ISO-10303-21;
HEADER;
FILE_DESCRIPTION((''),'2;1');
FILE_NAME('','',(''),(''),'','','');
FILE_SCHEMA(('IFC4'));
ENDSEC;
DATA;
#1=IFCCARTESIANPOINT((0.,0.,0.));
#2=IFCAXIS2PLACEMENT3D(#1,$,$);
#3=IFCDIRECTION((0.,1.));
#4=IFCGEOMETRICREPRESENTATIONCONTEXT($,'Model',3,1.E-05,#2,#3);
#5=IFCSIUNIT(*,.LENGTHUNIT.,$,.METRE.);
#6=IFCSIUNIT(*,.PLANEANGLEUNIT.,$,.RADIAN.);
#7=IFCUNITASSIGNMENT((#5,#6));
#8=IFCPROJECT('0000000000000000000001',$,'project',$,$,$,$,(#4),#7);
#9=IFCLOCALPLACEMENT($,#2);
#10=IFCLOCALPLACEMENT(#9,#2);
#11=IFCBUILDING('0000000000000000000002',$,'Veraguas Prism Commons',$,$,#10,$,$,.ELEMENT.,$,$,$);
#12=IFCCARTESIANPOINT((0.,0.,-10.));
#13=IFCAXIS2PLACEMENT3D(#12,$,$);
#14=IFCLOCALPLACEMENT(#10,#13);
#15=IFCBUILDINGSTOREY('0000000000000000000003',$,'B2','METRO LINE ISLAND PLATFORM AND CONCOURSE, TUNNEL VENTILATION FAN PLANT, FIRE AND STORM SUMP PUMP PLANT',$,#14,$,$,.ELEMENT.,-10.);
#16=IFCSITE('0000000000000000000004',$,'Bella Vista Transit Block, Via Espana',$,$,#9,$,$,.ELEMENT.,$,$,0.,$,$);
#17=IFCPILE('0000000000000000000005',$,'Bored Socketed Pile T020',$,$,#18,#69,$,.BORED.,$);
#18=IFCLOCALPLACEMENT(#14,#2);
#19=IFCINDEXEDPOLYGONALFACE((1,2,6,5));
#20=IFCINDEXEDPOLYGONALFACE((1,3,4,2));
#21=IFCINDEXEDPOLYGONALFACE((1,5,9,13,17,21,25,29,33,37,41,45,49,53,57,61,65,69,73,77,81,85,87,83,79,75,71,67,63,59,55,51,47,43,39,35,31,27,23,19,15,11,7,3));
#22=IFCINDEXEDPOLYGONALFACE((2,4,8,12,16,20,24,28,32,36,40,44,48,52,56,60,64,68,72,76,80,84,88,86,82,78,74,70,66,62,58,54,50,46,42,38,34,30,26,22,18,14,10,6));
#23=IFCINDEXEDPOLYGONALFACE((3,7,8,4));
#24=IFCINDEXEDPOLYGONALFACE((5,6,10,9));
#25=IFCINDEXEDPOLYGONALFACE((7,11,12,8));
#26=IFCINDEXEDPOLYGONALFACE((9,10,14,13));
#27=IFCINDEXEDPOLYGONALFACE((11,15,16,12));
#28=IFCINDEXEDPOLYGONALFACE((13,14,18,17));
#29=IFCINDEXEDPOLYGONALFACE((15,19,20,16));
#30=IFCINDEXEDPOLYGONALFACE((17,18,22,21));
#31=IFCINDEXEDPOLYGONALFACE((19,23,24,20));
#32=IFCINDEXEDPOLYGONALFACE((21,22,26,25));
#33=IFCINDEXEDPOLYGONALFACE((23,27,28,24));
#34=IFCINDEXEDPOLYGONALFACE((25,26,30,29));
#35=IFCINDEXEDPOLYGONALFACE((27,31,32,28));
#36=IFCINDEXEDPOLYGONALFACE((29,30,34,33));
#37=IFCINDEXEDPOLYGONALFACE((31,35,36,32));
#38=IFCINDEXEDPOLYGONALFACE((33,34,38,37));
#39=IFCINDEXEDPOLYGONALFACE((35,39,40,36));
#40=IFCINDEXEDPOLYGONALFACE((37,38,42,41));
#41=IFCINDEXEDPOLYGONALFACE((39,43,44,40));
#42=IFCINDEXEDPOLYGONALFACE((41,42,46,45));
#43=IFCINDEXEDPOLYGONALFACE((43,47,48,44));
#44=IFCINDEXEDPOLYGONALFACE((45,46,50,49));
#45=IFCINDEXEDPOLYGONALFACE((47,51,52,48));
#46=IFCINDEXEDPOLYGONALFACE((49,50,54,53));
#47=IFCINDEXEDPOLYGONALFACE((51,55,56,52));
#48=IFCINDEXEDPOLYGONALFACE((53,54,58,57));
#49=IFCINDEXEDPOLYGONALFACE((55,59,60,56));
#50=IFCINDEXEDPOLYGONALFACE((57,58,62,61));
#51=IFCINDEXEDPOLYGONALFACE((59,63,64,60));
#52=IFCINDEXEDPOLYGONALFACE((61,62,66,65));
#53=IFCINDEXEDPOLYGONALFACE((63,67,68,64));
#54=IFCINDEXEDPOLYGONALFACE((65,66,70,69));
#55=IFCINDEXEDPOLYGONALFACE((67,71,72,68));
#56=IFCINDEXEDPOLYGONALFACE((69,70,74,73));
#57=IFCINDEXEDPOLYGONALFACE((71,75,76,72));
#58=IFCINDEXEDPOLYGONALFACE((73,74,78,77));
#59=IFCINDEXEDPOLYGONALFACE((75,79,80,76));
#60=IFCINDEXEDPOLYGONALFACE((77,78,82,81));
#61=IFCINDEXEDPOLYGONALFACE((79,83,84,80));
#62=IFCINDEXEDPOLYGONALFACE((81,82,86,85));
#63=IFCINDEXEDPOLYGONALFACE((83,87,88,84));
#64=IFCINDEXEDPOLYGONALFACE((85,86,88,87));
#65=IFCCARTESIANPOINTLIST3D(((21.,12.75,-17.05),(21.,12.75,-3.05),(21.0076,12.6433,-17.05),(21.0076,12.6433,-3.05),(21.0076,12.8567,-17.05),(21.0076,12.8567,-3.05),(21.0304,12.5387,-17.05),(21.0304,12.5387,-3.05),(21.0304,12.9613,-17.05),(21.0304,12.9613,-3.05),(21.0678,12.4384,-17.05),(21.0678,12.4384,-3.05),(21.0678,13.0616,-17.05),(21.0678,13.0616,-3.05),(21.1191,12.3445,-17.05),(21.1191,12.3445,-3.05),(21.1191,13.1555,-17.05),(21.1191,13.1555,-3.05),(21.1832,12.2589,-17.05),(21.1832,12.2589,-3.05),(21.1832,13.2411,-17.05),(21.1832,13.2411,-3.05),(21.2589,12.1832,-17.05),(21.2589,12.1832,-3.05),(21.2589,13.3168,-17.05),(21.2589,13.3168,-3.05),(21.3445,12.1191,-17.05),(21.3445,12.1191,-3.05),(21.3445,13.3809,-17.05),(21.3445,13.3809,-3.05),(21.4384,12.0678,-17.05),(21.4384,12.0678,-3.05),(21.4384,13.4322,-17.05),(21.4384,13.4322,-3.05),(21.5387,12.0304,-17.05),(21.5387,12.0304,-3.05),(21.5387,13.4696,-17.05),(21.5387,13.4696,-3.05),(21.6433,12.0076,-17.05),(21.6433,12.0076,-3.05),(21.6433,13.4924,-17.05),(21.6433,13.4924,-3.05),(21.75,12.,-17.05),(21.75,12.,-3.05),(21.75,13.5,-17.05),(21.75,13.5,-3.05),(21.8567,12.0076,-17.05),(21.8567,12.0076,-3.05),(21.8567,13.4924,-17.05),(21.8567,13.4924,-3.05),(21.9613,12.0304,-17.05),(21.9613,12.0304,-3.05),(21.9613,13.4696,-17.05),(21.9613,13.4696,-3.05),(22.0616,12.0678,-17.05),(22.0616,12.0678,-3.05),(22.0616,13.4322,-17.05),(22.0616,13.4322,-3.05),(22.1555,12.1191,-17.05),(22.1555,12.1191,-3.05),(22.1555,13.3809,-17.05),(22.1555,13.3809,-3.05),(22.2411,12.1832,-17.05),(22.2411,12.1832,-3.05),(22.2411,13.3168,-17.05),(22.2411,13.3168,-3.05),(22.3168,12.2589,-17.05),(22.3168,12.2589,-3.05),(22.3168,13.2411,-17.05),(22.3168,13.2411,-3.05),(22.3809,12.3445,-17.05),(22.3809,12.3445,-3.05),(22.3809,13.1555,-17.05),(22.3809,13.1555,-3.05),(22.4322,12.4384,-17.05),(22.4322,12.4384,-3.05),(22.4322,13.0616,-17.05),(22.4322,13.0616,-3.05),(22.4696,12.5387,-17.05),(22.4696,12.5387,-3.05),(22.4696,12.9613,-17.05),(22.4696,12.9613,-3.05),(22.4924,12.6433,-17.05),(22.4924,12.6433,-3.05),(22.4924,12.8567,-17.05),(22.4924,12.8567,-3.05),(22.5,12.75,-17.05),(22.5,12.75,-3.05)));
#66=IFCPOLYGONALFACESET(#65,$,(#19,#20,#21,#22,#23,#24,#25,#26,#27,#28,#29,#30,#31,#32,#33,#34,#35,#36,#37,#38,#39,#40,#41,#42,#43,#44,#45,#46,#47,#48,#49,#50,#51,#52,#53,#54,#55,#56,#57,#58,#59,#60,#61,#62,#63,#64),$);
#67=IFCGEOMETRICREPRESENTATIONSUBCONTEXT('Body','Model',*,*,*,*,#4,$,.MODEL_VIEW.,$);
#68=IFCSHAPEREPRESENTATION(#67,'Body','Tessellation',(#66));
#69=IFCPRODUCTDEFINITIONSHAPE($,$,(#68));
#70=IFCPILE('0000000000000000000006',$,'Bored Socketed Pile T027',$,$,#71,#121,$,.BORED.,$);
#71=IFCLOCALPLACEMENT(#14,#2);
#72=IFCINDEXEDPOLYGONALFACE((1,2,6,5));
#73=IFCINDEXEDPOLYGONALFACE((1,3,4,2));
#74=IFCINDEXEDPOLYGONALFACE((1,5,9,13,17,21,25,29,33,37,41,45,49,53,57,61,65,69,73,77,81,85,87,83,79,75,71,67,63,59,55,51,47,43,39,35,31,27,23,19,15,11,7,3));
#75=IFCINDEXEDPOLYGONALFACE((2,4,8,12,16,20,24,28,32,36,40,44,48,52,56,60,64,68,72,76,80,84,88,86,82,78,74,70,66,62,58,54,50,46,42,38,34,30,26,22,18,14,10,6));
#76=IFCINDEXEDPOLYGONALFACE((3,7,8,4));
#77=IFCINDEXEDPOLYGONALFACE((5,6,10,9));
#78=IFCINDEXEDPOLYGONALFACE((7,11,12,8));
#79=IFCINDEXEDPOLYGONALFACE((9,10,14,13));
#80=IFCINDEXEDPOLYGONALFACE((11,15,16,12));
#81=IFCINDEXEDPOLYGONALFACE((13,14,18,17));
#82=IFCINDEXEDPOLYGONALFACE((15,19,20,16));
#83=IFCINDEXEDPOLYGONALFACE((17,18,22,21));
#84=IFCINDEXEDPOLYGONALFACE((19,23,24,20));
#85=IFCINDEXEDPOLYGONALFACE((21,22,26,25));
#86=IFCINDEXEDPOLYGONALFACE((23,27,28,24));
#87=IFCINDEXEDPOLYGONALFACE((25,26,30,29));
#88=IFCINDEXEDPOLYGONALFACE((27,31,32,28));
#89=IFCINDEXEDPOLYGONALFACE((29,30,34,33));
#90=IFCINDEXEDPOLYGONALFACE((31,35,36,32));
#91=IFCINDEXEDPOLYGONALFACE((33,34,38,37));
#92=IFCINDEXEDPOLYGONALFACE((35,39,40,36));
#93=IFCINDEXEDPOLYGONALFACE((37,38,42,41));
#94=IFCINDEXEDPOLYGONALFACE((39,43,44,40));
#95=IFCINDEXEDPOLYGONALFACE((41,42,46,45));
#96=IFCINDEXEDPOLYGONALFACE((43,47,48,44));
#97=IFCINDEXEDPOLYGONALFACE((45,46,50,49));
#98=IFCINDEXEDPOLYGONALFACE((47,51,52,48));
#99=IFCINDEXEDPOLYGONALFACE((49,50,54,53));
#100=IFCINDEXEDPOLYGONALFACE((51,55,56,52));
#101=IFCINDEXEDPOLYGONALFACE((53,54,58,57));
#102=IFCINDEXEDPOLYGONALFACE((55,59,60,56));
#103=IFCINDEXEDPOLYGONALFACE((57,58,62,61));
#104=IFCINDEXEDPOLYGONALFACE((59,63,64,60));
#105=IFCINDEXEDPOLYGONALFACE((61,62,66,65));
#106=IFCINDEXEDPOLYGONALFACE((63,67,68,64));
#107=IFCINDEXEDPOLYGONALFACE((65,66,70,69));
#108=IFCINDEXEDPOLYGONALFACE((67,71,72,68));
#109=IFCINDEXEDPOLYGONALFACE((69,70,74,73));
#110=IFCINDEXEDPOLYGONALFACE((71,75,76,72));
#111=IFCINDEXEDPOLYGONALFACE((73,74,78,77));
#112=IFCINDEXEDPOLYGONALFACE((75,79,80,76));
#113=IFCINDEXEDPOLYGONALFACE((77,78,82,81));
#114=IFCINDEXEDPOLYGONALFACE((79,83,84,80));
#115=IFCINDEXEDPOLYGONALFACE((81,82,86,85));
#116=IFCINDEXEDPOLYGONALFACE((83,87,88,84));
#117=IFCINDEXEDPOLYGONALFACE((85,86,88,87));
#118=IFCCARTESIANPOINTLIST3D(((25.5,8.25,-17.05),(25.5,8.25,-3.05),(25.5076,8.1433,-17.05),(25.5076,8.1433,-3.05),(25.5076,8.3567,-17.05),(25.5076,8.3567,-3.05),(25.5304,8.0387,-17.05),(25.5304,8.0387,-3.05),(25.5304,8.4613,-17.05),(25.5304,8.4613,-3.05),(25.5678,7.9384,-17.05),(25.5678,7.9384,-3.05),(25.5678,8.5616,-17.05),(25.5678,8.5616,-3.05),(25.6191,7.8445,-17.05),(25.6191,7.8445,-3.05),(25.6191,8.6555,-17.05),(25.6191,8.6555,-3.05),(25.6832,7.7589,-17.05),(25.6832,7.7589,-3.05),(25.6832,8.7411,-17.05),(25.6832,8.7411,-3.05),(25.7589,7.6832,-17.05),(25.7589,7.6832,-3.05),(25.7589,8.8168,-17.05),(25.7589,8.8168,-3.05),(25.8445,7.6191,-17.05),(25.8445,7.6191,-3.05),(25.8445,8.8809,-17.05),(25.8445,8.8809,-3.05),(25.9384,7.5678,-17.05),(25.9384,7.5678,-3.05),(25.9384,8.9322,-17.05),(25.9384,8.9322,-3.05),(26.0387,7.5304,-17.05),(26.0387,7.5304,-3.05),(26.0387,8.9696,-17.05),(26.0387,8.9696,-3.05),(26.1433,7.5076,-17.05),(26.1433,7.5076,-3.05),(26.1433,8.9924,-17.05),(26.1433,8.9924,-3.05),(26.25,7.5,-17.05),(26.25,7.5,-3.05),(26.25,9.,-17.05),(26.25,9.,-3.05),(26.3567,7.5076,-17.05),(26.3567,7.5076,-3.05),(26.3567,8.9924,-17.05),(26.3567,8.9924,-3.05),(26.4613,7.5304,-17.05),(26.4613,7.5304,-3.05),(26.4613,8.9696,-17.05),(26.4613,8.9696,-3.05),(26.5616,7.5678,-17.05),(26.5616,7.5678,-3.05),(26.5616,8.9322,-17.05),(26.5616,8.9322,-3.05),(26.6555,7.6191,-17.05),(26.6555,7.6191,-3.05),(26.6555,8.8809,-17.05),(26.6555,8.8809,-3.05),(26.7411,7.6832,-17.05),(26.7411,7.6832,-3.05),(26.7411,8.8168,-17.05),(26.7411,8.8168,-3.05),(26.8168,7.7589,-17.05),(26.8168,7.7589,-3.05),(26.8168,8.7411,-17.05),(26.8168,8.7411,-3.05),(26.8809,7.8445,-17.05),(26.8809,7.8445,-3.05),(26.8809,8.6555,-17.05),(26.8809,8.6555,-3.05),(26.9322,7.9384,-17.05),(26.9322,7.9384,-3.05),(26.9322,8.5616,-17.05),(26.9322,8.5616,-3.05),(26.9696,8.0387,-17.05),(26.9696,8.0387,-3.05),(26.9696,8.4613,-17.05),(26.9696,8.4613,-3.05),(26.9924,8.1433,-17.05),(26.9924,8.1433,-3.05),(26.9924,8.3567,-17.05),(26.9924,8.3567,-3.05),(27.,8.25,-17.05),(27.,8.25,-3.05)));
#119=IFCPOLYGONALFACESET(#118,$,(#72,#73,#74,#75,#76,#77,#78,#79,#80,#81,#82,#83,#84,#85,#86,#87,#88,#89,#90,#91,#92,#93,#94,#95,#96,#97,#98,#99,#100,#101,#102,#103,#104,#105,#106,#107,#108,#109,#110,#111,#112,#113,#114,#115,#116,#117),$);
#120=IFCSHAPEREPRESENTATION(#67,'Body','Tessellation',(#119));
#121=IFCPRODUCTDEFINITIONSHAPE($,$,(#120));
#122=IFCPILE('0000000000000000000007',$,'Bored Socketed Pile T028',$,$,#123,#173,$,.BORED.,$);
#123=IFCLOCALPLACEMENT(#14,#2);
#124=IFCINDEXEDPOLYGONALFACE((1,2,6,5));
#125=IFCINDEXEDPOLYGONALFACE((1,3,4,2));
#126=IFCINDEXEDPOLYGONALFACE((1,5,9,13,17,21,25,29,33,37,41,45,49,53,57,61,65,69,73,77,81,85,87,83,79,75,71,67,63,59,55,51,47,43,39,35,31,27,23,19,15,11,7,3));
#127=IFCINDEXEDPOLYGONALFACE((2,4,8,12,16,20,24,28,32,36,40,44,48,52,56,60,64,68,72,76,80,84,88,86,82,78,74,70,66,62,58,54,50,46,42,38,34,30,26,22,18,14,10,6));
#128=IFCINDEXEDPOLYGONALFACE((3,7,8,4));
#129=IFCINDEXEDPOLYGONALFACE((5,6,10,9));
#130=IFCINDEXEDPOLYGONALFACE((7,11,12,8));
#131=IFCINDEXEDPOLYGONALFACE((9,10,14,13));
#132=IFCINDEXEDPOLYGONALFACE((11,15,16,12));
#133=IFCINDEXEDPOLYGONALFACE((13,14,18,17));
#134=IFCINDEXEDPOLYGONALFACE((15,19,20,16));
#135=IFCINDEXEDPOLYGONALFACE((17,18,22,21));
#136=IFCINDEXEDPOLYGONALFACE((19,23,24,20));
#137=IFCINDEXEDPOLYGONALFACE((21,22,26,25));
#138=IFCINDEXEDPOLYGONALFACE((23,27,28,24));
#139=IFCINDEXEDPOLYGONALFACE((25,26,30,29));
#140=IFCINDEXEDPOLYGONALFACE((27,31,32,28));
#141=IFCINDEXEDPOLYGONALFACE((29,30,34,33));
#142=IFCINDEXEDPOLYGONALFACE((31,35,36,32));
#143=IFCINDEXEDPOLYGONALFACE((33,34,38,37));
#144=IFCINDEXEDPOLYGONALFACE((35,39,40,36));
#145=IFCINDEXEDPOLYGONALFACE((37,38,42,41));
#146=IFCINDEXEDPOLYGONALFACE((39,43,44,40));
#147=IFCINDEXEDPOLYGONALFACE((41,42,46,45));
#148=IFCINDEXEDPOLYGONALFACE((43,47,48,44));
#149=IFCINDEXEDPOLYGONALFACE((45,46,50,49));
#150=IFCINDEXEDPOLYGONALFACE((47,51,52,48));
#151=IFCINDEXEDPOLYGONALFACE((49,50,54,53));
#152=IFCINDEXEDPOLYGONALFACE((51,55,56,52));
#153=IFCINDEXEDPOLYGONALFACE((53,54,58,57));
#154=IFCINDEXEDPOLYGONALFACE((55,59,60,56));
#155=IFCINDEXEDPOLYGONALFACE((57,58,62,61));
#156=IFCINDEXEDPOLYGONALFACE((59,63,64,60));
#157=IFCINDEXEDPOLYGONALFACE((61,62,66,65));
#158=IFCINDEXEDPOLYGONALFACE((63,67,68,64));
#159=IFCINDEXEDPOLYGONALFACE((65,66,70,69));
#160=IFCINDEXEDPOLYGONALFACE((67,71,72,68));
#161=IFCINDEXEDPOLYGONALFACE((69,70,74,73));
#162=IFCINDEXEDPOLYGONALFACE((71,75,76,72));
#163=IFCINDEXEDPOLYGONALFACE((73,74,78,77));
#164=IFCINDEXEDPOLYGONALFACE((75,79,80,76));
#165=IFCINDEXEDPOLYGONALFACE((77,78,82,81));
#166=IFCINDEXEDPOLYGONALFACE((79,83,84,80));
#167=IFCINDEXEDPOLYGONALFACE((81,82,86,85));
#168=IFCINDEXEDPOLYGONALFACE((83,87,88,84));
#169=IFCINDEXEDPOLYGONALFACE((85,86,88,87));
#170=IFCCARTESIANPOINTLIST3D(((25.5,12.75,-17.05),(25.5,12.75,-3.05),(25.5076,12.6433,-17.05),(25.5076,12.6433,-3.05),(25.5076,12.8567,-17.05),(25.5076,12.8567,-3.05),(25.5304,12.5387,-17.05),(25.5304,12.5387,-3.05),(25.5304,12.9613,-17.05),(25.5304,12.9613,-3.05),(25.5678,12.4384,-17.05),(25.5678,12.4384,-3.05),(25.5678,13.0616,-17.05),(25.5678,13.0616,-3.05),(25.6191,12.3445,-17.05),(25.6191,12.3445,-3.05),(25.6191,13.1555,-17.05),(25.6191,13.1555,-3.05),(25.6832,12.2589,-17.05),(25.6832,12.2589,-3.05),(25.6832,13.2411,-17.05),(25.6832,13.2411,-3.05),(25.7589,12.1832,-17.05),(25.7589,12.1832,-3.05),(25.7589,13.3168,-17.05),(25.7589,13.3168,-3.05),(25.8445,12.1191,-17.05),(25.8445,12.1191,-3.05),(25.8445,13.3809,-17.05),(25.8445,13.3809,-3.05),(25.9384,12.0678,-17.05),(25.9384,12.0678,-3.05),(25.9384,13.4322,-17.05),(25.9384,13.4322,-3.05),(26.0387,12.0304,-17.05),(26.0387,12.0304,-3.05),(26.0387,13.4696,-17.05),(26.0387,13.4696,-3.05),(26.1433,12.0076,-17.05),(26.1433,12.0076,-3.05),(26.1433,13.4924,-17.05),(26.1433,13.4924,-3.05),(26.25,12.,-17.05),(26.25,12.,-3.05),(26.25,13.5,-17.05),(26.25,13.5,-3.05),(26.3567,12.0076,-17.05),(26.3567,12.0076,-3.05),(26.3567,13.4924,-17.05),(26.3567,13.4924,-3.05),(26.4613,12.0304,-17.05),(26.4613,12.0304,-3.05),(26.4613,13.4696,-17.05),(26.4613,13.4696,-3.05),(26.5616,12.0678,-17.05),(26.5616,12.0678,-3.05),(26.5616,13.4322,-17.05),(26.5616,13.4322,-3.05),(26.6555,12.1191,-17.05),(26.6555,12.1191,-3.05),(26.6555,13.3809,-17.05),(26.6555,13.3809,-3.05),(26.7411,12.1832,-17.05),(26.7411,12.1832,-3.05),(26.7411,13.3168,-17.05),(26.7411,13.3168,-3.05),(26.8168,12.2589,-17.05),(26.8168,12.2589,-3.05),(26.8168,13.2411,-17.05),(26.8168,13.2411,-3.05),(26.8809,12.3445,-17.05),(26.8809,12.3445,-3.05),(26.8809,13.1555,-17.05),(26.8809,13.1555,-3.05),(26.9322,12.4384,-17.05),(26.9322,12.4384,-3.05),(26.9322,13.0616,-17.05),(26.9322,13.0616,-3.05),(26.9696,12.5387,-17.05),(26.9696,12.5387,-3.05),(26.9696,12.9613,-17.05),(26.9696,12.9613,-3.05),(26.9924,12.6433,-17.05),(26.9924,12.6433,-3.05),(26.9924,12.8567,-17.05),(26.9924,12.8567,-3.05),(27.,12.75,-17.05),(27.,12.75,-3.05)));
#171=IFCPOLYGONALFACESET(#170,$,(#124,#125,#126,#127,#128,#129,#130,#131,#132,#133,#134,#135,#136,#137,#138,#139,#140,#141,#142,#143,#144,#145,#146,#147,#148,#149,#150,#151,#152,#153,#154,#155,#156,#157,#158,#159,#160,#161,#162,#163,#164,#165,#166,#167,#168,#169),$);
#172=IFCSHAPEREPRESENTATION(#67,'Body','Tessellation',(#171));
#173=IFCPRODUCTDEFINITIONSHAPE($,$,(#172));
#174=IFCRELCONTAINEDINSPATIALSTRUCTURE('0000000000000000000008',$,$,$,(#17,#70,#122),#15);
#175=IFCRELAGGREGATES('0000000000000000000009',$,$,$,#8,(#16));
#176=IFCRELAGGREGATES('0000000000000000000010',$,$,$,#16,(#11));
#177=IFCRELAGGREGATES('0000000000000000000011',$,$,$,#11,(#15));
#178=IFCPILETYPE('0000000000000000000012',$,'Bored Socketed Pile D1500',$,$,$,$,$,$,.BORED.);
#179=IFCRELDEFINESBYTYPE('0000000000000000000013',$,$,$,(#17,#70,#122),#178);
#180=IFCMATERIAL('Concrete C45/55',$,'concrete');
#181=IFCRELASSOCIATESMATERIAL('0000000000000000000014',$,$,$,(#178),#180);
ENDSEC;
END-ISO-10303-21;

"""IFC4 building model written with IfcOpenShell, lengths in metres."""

from ifc_helpers import new_model, si_unit, direction, frame, origin, origin_2d, place, context, subcontext, project, spatial, circle, extrude, source, transform, mapped, material, material_profile, profile_set, type_object, element, save


model = new_model("IFC4")

# Units and contexts
model_context = context("Model", 3, precision=1e-05, world=origin(), true_north=direction((0.0, 1.0)))
body_context = subcontext(model_context, "Body", "Model", "MODEL_VIEW")
ifc_project = project(units=[si_unit("LENGTHUNIT", "METRE"), si_unit("PLANEANGLEUNIT", "RADIAN")], contexts=[model_context])

# Site, building, storey
site_placement = place(None, origin())
site = spatial("IfcSite", under=ifc_project, at=site_placement, Name="Bella Vista Transit Block, Via Espana", CompositionType="ELEMENT", RefElevation=0.0)
building_placement = place(site_placement, origin())
building = spatial("IfcBuilding", under=site, at=building_placement, Name="Veraguas Prism Commons", CompositionType="ELEMENT")
storey_placement = place(building_placement, frame((0.0, 0.0, -10.0)))
storey = spatial("IfcBuildingStorey", under=building, at=storey_placement, Name="B2", Description="METRO LINE ISLAND PLATFORM AND CONCOURSE, TUNNEL VENTILATION FAN PLANT, FIRE AND STORM SUMP PUMP PLANT", CompositionType="ELEMENT", Elevation=-10.0)

# Shared definitions
ifc_material_1 = material(Name="Concrete C45/55", Category="concrete")

# Piles
ifc_material_profile_1 = material_profile(ifc_material_1, circle(Radius=0.75, at=origin_2d()), Name="PILE1500")
ifc_profile_set_1 = profile_set([ifc_material_profile_1], Name="Concrete C45/55")
pile_type_1 = type_object("IfcPileType", Name="Bored Socketed Pile D1500", PredefinedType="BORED", material=ifc_profile_set_1)
shared_shape_1 = source(origin(), body_context, "Body", "SweptSolid", [
    extrude(circle(Radius=0.75, at=origin_2d()), origin(), (0.0, 0.0, 1.0), 14.0),
])
for number, where, z_axis, x_axis, name in (
    (1, (21.75, 12.75, -3.05), (0.0, 0.0, -1.0), (1.0, 0.0, 0.0), "Bored Socketed Pile T020"),
    (2, (26.25, 8.25, -3.05), (0.0, 0.0, -1.0), (1.0, 0.0, 0.0), "Bored Socketed Pile T027"),
    (3, (26.25, 12.75, -3.05), (0.0, 0.0, -1.0), (1.0, 0.0, 0.0), "Bored Socketed Pile T028"),
):
    element("IfcPile", number, at=place(storey_placement, frame(where, z_axis=z_axis, x_axis=x_axis)), inside=storey, type_object=pile_type_1, Name=name, PredefinedType="BORED", context=body_context, shape_type="MappedRepresentation", body=[
        mapped(shared_shape_1, transform((0.0, 0.0, 0.0), scale=1.0)),
    ])

save(model, "model.ifc")
